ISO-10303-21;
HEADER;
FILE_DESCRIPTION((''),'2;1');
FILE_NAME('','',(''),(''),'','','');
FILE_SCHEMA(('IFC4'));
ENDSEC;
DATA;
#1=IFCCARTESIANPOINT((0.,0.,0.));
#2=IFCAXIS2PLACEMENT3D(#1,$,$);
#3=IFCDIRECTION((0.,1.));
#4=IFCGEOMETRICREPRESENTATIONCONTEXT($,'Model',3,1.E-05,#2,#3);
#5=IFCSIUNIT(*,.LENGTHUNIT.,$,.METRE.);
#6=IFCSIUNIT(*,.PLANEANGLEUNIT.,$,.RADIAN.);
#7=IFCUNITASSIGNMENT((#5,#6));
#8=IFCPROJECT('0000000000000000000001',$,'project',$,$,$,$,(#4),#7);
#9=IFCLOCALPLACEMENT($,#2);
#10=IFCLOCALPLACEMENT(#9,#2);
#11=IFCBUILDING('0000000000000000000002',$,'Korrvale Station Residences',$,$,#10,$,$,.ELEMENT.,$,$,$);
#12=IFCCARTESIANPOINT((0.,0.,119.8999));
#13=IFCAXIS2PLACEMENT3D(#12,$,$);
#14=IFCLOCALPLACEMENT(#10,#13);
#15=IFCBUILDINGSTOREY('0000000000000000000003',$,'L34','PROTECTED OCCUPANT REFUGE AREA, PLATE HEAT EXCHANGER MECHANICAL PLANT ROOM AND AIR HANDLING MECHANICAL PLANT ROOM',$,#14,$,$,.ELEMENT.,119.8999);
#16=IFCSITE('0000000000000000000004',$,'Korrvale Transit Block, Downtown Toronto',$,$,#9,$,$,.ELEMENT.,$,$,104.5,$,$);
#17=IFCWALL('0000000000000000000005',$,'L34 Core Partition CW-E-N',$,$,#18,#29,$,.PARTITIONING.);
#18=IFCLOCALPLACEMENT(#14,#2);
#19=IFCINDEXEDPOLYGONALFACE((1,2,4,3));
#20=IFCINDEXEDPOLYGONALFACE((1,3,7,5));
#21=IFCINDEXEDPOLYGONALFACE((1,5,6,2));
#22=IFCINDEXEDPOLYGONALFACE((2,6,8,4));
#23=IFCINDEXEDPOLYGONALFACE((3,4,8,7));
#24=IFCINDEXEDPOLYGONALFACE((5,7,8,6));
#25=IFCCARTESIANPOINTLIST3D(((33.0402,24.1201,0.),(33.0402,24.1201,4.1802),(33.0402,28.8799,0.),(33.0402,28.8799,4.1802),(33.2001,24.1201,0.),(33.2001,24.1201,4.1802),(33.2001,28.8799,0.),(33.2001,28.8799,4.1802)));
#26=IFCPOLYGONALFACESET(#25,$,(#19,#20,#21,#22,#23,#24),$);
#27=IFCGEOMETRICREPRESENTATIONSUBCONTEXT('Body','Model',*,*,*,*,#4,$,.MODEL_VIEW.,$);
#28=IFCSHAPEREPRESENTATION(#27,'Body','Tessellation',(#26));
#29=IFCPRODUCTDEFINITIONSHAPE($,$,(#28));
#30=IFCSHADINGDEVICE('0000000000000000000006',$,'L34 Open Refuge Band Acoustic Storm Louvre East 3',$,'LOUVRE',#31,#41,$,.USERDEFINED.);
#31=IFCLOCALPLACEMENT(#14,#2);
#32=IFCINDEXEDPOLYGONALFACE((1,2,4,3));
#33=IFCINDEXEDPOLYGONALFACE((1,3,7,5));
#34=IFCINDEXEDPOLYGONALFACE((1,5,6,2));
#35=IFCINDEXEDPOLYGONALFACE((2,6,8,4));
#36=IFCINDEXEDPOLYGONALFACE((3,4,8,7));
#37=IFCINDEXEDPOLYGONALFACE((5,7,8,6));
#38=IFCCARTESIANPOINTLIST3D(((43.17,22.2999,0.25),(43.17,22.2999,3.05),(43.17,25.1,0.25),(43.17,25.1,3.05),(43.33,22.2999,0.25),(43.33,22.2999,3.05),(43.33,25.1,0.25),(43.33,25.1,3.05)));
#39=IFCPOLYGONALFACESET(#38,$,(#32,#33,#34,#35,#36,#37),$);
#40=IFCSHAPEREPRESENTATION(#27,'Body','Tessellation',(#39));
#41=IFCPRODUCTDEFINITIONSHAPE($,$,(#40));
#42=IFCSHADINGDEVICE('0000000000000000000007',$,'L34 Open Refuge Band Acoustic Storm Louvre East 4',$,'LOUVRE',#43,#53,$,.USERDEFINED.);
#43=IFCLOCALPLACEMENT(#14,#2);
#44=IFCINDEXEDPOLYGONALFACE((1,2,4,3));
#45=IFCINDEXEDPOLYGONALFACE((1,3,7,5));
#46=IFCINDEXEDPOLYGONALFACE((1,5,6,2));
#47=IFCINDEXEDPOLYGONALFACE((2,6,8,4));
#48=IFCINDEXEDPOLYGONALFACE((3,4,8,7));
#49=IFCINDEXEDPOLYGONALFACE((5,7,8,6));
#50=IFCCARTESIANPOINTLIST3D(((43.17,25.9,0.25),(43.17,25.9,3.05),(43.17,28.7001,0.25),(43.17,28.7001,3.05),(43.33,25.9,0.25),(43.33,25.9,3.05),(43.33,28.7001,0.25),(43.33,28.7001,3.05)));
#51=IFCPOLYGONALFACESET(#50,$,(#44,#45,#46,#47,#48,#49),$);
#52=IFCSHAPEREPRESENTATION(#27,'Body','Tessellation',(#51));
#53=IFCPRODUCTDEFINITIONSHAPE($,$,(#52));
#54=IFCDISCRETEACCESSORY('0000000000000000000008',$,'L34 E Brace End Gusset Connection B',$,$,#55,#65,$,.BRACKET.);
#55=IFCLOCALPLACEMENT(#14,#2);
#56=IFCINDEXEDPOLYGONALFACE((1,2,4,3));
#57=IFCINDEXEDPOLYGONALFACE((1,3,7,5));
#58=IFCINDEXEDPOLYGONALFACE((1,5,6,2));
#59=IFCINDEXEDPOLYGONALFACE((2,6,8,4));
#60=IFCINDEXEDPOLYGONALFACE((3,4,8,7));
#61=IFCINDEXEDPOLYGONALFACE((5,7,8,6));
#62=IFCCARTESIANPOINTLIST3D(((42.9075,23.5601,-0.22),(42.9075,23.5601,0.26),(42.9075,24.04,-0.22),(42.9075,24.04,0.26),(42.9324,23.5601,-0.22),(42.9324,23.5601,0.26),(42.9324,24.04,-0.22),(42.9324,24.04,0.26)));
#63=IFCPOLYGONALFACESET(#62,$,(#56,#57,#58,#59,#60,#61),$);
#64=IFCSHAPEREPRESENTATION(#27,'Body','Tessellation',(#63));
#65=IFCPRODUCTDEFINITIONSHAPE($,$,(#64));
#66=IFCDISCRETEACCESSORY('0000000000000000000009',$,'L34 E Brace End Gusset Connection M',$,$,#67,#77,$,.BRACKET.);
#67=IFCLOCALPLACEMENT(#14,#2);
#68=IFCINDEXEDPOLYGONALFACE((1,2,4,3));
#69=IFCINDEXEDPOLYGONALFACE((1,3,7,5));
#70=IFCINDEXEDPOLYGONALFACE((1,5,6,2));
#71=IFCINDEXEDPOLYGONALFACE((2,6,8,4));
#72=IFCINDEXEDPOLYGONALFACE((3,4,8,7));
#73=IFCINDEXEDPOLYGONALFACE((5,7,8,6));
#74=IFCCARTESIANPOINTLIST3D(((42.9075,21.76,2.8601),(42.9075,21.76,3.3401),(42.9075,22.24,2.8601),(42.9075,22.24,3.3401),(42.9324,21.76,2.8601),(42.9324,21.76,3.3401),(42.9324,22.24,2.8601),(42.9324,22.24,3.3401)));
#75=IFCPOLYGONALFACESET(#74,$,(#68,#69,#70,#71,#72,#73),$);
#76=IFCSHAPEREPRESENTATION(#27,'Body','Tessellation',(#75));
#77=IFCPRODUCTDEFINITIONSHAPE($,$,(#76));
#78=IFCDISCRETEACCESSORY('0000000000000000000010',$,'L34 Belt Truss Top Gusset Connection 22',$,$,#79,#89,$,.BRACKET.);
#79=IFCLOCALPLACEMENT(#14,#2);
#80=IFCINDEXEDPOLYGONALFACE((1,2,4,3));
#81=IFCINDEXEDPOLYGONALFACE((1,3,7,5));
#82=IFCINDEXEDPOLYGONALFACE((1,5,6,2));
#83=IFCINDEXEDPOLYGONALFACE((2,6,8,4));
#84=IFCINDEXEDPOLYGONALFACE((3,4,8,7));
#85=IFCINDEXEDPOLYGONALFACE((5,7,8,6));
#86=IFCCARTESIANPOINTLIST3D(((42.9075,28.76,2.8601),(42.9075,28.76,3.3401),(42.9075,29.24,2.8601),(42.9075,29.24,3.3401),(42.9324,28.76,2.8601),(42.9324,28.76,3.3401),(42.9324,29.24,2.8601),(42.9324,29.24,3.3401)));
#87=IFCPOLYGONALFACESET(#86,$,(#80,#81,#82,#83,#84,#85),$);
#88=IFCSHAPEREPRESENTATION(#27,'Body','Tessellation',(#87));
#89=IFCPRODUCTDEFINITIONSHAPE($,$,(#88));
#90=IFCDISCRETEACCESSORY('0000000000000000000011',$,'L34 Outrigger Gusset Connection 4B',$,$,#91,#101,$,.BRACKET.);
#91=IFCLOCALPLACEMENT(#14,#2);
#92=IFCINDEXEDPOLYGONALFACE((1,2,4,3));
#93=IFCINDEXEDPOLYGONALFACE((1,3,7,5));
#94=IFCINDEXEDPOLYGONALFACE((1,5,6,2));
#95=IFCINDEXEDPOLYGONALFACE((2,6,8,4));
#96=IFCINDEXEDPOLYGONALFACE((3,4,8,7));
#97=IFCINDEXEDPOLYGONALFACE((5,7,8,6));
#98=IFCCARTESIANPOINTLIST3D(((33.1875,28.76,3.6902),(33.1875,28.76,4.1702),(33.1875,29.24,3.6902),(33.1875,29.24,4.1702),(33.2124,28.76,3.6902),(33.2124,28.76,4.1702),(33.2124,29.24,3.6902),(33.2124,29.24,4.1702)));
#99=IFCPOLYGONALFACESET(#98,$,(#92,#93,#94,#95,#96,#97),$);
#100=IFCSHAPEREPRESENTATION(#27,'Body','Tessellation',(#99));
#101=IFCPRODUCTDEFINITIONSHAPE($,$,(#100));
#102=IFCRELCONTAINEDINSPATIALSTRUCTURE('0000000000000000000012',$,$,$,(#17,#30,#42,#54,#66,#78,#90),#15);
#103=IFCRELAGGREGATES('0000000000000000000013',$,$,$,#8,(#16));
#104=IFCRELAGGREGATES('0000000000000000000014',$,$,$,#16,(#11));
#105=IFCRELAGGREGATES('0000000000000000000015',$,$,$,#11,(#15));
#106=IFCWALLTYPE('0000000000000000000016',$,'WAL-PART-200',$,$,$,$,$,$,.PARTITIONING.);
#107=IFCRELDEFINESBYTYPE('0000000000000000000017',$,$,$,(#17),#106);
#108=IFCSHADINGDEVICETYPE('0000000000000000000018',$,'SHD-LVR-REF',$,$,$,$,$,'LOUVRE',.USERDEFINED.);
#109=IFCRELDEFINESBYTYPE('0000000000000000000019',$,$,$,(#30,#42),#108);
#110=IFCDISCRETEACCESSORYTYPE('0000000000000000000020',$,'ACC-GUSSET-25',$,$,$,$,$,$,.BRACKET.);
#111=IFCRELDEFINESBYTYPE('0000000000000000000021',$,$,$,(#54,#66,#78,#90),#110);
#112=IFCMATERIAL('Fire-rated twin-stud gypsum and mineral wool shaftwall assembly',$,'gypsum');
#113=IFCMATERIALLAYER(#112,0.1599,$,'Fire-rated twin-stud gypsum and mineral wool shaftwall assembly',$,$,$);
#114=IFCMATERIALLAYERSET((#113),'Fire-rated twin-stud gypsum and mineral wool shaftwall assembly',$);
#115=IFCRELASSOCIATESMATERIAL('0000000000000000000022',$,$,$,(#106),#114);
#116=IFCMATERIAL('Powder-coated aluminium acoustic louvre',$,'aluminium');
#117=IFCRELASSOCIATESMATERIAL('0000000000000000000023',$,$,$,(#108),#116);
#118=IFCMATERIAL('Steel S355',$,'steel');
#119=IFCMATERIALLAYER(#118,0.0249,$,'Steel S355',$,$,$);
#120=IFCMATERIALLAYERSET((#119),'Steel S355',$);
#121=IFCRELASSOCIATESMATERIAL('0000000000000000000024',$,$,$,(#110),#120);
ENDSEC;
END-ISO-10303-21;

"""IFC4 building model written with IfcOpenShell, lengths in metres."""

from ifc_helpers import new_model, si_unit, direction, frame, frame_2d, origin, origin_2d, place, context, subcontext, project, spatial, rectangle, extrude, material, layer, layer_set, type_object, element, save


model = new_model("IFC4")

# Units and contexts
model_context = context("Model", 3, precision=1e-05, world=origin(), true_north=direction((0.0, 1.0)))
body_context = subcontext(model_context, "Body", "Model", "MODEL_VIEW")
ifc_project = project(units=[si_unit("LENGTHUNIT", "METRE"), si_unit("PLANEANGLEUNIT", "RADIAN")], contexts=[model_context])

# Site, building, storey
site_placement = place(None, origin())
site = spatial("IfcSite", under=ifc_project, at=site_placement, Name="Korrvale Transit Block, Downtown Toronto", CompositionType="ELEMENT", RefElevation=104.5)
building_placement = place(site_placement, origin())
building = spatial("IfcBuilding", under=site, at=building_placement, Name="Korrvale Station Residences", CompositionType="ELEMENT")
storey_placement = place(building_placement, frame((0.0, 0.0, 119.8999)))
storey = spatial("IfcBuildingStorey", under=building, at=storey_placement, Name="L34", Description="PROTECTED OCCUPANT REFUGE AREA, PLATE HEAT EXCHANGER MECHANICAL PLANT ROOM AND AIR HANDLING MECHANICAL PLANT ROOM", CompositionType="ELEMENT", Elevation=119.8999)

# Shared definitions
ifc_material_1 = material(Name="Steel S355", Category="steel")

# Wall
ifc_material_2 = material(Name="Fire-rated twin-stud gypsum and mineral wool shaftwall assembly", Category="gypsum")
ifc_layer_1 = layer(ifc_material_2, 0.1599, Name="Fire-rated twin-stud gypsum and mineral wool shaftwall assembly")
ifc_layer_set_1 = layer_set([ifc_layer_1], Name="Fire-rated twin-stud gypsum and mineral wool shaftwall assembly")
wall_type_1 = type_object("IfcWallType", Name="WAL-PART-200", PredefinedType="PARTITIONING", material=ifc_layer_set_1)
wall_1_placement = place(storey_placement, frame((33.1201, 24.1201, 0.0), z_axis=(0.0, 0.0, 1.0), x_axis=(0.0, 1.0, 0.0)))
element("IfcWall", 1, at=wall_1_placement, inside=storey, type_object=wall_type_1, Name="L34 Core Partition CW-E-N", PredefinedType="PARTITIONING", context=body_context, shape_type="SweptSolid", body=[
    extrude(rectangle(XDim=4.7598, YDim=0.1599, at=frame_2d((2.3799, 0.0))), origin(), (0.0, 0.0, 1.0), 4.1802),
])

# Shading devices
ifc_material_3 = material(Name="Powder-coated aluminium acoustic louvre", Category="aluminium")
shading_device_type = type_object("IfcShadingDeviceType", Name="SHD-LVR-REF", ElementType="LOUVRE", PredefinedType="USERDEFINED", material=ifc_material_3)
for number, where, z_axis, x_axis, name in (
    (2, (43.25, 23.7, 0.25), (0.0, 0.0, 1.0), (1.0, 0.0, 0.0), "L34 Open Refuge Band Acoustic Storm Louvre East 3"),
    (3, (43.25, 27.3, 0.25), (0.0, 0.0, 1.0), (1.0, 0.0, 0.0), "L34 Open Refuge Band Acoustic Storm Louvre East 4"),
):
    element("IfcShadingDevice", number, at=place(storey_placement, frame(where, z_axis=z_axis, x_axis=x_axis)), inside=storey, type_object=shading_device_type, Name=name, ObjectType="LOUVRE", PredefinedType="USERDEFINED", context=body_context, shape_type="SweptSolid", body=[
        extrude(rectangle(XDim=0.1599, YDim=2.8, at=origin_2d()), origin(), (0.0, 0.0, 1.0), 2.8),
    ])

# Discrete accessories
ifc_layer_2 = layer(ifc_material_1, 0.0249, Name="Steel S355")
ifc_layer_set_2 = layer_set([ifc_layer_2], Name="Steel S355")
discrete_accessory_type = type_object("IfcDiscreteAccessoryType", Name="ACC-GUSSET-25", PredefinedType="BRACKET", material=ifc_layer_set_2)
for number, where, z_axis, x_axis, name in (
    (4, (42.9199, 23.8, -0.22), (0.0, 0.0, 1.0), (0.0, 1.0, 0.0), "L34 E Brace End Gusset Connection B"),
    (5, (42.9199, 22.0, 2.8601), (0.0, 0.0, 1.0), (0.0, 1.0, 0.0), "L34 E Brace End Gusset Connection M"),
    (6, (42.9199, 29.0, 2.8601), (0.0, 0.0, 1.0), (0.0, 1.0, 0.0), "L34 Belt Truss Top Gusset Connection 22"),
    (7, (33.2, 29.0, 3.6902), (0.0, 0.0, 1.0), (0.0, 1.0, 0.0), "L34 Outrigger Gusset Connection 4B"),
):
    element("IfcDiscreteAccessory", number, at=place(storey_placement, frame(where, z_axis=z_axis, x_axis=x_axis)), inside=storey, type_object=discrete_accessory_type, Name=name, PredefinedType="BRACKET", context=body_context, shape_type="SweptSolid", body=[
        extrude(rectangle(XDim=0.48, YDim=0.0249, at=origin_2d()), origin(), (0.0, 0.0, 1.0), 0.48),
    ])

save(model, "model.ifc")
